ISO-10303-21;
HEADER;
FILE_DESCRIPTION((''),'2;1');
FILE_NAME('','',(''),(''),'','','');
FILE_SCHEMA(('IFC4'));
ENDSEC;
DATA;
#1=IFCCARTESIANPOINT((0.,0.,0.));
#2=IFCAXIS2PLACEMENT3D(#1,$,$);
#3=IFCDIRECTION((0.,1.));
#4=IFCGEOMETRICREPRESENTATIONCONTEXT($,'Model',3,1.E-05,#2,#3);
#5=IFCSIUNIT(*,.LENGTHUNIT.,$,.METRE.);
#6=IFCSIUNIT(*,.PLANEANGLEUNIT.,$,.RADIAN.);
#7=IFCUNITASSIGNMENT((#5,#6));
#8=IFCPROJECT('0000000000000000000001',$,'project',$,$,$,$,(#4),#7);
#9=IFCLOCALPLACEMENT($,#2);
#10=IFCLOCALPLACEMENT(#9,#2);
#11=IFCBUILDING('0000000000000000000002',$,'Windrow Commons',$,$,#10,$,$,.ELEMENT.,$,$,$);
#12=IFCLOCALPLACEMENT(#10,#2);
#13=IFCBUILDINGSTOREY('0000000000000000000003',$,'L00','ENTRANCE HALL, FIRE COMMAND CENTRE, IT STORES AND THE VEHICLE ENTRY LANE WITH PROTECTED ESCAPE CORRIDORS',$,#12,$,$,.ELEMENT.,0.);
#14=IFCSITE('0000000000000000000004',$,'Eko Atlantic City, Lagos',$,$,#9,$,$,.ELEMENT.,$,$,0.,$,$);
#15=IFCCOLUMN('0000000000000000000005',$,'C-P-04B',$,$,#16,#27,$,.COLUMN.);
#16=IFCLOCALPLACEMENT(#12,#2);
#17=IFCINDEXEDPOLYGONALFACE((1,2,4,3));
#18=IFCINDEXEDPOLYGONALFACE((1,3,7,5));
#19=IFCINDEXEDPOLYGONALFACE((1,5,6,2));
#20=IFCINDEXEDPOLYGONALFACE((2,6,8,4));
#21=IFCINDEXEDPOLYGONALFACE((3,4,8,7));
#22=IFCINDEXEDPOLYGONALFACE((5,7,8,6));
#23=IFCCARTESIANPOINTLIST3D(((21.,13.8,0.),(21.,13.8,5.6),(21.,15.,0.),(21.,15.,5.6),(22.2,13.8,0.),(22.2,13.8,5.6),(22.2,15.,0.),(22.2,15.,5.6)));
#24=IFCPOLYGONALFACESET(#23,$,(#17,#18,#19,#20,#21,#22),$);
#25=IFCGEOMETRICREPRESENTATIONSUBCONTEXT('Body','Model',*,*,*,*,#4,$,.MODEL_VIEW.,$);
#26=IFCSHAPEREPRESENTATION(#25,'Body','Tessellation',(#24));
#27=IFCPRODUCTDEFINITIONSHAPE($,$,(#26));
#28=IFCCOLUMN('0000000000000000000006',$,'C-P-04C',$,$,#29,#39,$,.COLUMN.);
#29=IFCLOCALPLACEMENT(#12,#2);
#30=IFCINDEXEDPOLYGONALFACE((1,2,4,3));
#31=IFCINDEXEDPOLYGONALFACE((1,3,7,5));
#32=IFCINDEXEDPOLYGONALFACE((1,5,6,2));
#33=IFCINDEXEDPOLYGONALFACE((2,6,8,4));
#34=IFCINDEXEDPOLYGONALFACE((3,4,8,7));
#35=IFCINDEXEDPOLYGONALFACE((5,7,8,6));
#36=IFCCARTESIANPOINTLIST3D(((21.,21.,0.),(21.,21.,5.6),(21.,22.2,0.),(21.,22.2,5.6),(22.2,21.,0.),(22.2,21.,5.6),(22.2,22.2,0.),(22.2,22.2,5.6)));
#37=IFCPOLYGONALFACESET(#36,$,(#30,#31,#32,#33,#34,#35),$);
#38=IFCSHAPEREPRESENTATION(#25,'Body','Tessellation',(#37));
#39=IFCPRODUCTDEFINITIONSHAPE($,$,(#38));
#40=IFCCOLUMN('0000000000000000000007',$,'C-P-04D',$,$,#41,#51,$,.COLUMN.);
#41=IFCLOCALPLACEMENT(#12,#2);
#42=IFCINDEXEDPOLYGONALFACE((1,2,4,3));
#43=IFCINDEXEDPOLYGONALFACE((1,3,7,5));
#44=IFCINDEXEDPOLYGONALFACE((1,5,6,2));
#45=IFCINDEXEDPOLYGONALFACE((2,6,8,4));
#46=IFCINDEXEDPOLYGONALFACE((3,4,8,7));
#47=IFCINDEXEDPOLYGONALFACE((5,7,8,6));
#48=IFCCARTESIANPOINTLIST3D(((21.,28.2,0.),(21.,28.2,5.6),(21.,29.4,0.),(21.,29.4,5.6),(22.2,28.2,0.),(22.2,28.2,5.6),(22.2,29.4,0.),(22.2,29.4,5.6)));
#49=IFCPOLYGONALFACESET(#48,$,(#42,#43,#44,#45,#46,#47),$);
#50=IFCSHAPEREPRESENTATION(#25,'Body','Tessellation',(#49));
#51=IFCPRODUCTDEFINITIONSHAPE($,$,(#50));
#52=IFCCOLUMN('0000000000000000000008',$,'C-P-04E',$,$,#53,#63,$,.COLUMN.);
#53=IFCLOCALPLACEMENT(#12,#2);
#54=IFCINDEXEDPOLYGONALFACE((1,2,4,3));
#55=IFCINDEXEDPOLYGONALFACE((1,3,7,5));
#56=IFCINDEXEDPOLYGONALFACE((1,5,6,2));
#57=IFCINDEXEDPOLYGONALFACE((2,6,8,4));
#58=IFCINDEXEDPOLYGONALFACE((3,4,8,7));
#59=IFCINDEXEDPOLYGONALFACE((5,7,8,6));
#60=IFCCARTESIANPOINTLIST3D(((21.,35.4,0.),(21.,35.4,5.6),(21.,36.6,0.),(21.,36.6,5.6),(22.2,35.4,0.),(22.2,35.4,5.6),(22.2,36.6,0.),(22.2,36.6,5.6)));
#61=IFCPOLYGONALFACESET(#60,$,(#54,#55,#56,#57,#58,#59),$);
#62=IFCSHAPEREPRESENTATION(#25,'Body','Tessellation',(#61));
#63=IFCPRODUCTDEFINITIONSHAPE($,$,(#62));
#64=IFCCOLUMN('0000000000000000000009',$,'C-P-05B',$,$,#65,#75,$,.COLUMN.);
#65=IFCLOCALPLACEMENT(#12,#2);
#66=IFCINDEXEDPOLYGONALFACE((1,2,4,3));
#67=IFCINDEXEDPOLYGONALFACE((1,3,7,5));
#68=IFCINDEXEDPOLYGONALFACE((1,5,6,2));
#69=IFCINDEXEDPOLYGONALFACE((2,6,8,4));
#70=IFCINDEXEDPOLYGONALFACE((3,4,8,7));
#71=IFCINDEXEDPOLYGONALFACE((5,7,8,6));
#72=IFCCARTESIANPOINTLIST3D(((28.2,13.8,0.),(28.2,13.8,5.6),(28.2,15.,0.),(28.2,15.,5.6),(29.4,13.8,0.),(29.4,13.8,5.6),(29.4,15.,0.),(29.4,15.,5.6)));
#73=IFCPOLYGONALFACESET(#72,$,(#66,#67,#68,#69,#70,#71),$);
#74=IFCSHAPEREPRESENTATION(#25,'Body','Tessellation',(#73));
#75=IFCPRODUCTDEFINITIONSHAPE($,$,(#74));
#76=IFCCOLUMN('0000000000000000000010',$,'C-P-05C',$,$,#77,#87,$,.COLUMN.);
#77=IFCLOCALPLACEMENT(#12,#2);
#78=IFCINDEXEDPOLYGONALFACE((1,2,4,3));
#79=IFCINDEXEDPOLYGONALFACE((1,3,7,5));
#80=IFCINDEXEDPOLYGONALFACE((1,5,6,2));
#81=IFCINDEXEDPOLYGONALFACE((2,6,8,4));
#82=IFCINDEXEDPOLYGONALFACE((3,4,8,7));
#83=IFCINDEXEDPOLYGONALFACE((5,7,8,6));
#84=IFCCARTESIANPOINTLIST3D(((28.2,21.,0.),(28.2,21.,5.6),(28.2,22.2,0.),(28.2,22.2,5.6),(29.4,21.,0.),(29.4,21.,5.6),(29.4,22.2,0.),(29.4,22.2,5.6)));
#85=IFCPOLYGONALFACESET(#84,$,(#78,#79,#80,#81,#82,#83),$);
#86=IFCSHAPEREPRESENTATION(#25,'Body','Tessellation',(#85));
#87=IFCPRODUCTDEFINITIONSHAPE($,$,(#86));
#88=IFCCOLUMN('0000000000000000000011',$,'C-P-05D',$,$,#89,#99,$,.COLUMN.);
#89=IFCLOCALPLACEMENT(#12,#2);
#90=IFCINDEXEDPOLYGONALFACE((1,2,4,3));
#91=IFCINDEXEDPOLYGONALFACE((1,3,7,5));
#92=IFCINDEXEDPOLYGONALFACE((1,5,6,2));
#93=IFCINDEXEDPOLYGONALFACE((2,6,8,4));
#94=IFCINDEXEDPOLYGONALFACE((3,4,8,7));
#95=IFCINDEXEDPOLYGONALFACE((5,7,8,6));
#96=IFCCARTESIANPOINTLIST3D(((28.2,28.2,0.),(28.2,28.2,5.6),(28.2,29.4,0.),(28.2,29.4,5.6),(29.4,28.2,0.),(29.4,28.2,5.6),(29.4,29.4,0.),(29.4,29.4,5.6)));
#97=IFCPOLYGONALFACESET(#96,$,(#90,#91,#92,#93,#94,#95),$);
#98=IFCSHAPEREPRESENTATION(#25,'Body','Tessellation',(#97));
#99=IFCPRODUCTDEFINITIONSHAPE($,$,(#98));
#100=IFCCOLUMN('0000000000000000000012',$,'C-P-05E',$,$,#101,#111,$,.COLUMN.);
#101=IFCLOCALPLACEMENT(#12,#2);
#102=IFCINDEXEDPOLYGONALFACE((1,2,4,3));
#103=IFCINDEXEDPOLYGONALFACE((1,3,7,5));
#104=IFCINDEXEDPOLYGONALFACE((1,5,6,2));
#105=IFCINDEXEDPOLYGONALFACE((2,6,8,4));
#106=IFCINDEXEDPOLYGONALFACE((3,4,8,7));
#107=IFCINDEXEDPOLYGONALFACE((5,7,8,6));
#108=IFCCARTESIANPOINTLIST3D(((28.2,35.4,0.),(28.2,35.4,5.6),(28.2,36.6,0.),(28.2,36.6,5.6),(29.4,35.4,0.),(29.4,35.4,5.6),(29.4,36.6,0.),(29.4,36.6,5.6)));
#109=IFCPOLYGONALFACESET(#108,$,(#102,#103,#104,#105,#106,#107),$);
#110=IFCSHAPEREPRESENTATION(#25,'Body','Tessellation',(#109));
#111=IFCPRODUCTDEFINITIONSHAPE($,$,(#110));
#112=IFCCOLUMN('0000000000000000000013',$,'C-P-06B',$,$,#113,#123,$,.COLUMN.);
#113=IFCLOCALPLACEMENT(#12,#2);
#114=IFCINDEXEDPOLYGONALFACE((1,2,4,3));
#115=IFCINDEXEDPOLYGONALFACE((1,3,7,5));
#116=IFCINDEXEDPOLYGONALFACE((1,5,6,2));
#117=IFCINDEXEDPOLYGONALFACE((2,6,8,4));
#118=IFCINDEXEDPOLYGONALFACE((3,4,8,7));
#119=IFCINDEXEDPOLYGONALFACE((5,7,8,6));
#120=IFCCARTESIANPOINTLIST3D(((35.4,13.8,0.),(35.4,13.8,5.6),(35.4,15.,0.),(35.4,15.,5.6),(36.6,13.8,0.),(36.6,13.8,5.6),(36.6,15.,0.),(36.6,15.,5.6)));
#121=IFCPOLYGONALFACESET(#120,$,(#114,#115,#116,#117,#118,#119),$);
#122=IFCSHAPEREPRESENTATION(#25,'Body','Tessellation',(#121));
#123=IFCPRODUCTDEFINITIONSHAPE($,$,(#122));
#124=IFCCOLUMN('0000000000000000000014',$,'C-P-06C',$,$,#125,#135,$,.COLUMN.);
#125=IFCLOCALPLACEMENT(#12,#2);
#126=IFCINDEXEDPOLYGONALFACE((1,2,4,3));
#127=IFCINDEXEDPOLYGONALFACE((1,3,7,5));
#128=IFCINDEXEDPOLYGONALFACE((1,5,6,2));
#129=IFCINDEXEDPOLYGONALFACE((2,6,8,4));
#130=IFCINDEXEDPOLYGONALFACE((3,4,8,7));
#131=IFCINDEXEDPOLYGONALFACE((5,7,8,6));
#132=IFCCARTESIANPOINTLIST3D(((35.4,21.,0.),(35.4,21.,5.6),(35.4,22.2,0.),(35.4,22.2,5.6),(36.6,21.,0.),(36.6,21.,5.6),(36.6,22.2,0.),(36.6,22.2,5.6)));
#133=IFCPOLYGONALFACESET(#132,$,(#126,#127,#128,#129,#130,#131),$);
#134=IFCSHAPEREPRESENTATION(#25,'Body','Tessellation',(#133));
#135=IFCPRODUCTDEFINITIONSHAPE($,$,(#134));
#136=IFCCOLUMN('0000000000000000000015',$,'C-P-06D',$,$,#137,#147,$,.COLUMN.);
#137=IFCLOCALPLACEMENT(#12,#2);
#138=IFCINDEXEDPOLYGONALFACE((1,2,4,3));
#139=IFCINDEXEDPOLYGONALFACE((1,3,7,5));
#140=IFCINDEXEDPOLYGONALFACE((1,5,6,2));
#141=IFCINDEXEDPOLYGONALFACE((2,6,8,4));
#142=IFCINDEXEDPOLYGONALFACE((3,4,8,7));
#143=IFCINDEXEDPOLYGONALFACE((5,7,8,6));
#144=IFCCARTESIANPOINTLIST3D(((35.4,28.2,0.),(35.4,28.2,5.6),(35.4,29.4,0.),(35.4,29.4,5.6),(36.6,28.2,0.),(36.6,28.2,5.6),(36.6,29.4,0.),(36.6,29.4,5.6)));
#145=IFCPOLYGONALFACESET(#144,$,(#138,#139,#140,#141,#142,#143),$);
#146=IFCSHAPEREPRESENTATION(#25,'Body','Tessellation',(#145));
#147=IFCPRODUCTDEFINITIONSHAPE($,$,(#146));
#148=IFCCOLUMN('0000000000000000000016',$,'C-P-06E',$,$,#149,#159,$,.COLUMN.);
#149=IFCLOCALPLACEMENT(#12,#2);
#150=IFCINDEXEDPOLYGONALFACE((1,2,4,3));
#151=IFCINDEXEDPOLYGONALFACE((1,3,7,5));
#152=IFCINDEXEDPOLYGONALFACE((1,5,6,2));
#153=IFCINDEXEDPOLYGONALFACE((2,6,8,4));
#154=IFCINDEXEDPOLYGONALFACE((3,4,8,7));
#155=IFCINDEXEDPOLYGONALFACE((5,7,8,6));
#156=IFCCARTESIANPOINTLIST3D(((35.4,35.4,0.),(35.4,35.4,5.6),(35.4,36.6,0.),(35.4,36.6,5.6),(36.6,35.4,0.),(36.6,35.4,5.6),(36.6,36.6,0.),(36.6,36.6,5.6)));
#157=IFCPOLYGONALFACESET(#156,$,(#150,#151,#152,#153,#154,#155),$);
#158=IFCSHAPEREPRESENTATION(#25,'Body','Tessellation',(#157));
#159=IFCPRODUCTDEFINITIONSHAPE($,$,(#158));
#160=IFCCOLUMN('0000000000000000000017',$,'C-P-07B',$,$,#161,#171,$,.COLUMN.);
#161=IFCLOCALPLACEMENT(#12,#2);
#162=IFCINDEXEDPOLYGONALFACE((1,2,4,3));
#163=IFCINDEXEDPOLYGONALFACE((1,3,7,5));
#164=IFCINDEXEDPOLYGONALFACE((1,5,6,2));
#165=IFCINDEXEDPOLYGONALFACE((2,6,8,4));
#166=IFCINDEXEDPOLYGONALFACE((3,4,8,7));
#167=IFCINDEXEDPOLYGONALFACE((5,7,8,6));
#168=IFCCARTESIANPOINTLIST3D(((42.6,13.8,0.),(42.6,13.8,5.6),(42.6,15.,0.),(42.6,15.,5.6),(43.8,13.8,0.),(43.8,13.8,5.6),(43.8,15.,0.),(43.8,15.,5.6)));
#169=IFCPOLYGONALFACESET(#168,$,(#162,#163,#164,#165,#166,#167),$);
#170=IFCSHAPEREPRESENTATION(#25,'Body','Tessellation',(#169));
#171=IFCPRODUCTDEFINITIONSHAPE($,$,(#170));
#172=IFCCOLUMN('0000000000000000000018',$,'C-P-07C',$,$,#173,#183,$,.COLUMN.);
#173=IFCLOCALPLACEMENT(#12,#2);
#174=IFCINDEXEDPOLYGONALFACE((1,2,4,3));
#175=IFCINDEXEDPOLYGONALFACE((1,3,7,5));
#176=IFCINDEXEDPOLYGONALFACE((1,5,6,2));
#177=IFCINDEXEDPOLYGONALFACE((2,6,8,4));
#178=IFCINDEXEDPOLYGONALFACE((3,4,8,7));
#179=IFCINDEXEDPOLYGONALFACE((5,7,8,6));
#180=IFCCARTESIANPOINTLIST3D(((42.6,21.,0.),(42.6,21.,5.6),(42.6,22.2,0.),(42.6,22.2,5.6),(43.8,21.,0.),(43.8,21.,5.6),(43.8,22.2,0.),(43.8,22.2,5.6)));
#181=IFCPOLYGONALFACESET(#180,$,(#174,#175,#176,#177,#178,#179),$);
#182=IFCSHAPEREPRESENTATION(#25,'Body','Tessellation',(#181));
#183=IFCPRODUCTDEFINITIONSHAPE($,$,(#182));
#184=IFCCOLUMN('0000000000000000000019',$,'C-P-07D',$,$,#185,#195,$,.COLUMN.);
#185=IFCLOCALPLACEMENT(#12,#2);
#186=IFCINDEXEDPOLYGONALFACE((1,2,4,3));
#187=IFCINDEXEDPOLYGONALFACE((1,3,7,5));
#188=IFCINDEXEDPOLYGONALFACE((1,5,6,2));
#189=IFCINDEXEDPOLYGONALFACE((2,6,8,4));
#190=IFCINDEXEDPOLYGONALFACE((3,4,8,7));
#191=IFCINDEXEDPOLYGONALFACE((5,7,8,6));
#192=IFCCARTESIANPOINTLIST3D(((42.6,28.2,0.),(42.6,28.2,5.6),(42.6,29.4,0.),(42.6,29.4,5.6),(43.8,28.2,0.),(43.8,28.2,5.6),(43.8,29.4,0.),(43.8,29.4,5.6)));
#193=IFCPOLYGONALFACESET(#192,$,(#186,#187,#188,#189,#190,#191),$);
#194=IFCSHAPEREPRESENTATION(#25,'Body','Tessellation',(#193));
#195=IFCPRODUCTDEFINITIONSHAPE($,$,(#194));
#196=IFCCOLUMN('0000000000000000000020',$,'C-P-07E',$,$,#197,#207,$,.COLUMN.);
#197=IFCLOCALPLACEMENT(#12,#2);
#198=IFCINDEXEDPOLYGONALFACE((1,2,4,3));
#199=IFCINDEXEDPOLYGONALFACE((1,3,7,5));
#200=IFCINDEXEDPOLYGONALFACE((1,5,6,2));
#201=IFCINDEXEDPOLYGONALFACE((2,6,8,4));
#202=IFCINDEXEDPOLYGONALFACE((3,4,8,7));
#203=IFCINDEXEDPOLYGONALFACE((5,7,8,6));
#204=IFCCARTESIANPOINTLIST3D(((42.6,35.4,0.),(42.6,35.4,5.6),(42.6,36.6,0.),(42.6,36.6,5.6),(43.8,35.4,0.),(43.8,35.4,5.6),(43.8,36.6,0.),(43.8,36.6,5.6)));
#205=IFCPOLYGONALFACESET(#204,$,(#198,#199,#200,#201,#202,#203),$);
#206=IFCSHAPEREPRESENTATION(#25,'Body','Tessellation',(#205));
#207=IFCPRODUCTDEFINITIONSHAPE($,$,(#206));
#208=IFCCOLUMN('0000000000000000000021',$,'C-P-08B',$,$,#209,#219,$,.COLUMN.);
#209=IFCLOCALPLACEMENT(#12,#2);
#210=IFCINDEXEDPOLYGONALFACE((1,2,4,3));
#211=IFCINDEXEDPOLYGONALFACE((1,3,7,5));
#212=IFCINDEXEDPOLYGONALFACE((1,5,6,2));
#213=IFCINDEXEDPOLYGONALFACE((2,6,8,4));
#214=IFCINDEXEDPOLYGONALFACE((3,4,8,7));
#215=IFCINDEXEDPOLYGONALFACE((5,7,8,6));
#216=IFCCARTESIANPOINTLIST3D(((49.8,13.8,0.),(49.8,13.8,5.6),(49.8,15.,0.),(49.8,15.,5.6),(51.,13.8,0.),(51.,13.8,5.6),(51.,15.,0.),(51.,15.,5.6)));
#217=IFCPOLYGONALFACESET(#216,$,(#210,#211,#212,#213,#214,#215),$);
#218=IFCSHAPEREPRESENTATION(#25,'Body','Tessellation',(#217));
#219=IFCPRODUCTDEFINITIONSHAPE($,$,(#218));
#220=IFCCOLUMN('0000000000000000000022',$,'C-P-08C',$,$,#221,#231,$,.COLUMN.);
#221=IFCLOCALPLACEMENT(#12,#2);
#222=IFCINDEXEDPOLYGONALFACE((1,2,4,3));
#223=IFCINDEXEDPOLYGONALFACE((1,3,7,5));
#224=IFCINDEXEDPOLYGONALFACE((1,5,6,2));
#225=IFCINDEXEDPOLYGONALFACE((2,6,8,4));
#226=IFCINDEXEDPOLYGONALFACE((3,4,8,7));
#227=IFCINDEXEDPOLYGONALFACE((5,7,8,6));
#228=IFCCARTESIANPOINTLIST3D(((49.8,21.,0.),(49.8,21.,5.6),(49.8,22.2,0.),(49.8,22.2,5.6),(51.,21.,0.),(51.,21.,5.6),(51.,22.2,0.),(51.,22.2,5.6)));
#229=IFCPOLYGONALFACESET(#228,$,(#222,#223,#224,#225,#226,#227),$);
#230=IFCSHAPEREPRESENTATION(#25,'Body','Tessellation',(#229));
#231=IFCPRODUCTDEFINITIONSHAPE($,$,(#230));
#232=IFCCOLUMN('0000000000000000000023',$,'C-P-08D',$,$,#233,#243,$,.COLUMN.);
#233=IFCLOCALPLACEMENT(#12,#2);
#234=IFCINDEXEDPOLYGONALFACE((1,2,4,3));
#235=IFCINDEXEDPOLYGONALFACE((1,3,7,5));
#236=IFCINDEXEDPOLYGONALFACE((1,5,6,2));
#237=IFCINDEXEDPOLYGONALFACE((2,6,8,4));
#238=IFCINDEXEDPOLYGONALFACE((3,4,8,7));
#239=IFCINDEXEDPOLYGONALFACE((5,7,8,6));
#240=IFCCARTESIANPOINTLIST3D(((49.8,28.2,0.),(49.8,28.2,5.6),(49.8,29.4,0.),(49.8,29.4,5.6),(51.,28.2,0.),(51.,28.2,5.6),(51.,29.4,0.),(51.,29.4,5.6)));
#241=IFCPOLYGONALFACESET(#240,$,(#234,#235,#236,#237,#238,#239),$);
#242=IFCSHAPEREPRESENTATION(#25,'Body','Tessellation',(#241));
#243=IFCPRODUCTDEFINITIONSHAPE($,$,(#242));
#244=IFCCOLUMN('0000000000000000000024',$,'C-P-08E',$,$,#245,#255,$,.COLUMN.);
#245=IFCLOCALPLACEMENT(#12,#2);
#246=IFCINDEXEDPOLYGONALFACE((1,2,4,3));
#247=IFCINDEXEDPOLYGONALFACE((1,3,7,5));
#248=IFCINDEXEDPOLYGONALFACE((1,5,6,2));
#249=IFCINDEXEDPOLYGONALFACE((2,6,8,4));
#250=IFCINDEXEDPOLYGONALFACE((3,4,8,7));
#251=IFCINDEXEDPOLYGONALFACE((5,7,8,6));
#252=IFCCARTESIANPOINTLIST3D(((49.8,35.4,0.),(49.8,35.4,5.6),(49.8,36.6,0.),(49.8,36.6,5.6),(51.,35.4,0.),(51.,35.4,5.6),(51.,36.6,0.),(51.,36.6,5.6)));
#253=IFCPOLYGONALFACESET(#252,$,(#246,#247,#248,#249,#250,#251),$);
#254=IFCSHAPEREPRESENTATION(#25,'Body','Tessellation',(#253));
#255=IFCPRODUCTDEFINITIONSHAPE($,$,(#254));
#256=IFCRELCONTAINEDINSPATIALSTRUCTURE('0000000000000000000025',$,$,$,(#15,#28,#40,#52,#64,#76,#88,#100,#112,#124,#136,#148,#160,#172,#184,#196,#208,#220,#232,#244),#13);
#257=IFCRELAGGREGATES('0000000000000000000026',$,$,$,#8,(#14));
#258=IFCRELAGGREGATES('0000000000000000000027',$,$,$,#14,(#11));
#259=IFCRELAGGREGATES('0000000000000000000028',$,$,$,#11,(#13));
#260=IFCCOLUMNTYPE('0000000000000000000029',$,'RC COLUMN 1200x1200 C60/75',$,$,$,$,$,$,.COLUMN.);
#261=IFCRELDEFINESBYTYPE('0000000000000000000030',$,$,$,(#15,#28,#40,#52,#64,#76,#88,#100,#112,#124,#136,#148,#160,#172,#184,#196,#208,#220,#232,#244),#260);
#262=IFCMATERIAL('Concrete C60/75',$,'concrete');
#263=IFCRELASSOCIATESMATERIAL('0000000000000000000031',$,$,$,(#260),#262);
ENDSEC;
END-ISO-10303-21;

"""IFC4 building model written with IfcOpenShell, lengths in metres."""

from ifc_helpers import new_model, si_unit, direction, frame, origin, origin_2d, place, context, subcontext, project, spatial, rectangle, extrude, material, material_profile, profile_set, type_object, element, save


model = new_model("IFC4")

# Units and contexts
model_context = context("Model", 3, precision=1e-05, world=origin(), true_north=direction((0.0, 1.0)))
body_context = subcontext(model_context, "Body", "Model", "MODEL_VIEW")
ifc_project = project(units=[si_unit("LENGTHUNIT", "METRE"), si_unit("PLANEANGLEUNIT", "RADIAN")], contexts=[model_context])

# Site, building, storey
site_placement = place(None, origin())
site = spatial("IfcSite", under=ifc_project, at=site_placement, Name="Eko Atlantic City, Lagos", CompositionType="ELEMENT", RefElevation=0.0)
building_placement = place(site_placement, origin())
building = spatial("IfcBuilding", under=site, at=building_placement, Name="Windrow Commons", CompositionType="ELEMENT")
storey_placement = place(building_placement, origin())
storey = spatial("IfcBuildingStorey", under=building, at=storey_placement, Name="L00", Description="ENTRANCE HALL, FIRE COMMAND CENTRE, IT STORES AND THE VEHICLE ENTRY LANE WITH PROTECTED ESCAPE CORRIDORS", CompositionType="ELEMENT", Elevation=0.0)

# Columns
ifc_material_1 = material(Name="Concrete C60/75", Category="concrete")
ifc_material_profile_1 = material_profile(ifc_material_1, rectangle(XDim=1.2, YDim=1.2, at=origin_2d()))
ifc_profile_set_1 = profile_set([ifc_material_profile_1], Name="Concrete C60/75")
column_type = type_object("IfcColumnType", Name="RC COLUMN 1200x1200 C60/75", PredefinedType="COLUMN", material=ifc_profile_set_1)
for number, where, z_axis, x_axis, name in (
    (1, (21.6, 14.4, 0.0), (0.0, 0.0, 1.0), (1.0, 0.0, 0.0), "C-P-04B"),
    (2, (21.6, 21.6, 0.0), (0.0, 0.0, 1.0), (1.0, 0.0, 0.0), "C-P-04C"),
    (3, (21.6, 28.8, 0.0), (0.0, 0.0, 1.0), (1.0, 0.0, 0.0), "C-P-04D"),
    (4, (21.6, 36.0, 0.0), (0.0, 0.0, 1.0), (1.0, 0.0, 0.0), "C-P-04E"),
    (5, (28.8, 14.4, 0.0), (0.0, 0.0, 1.0), (1.0, 0.0, 0.0), "C-P-05B"),
    (6, (28.8, 21.6, 0.0), (0.0, 0.0, 1.0), (1.0, 0.0, 0.0), "C-P-05C"),
    (7, (28.8, 28.8, 0.0), (0.0, 0.0, 1.0), (1.0, 0.0, 0.0), "C-P-05D"),
    (8, (28.8, 36.0, 0.0), (0.0, 0.0, 1.0), (1.0, 0.0, 0.0), "C-P-05E"),
    (9, (36.0, 14.4, 0.0), (0.0, 0.0, 1.0), (1.0, 0.0, 0.0), "C-P-06B"),
    (10, (36.0, 21.6, 0.0), (0.0, 0.0, 1.0), (1.0, 0.0, 0.0), "C-P-06C"),
    (11, (36.0, 28.8, 0.0), (0.0, 0.0, 1.0), (1.0, 0.0, 0.0), "C-P-06D"),
    (12, (36.0, 36.0, 0.0), (0.0, 0.0, 1.0), (1.0, 0.0, 0.0), "C-P-06E"),
    (13, (43.2, 14.4, 0.0), (0.0, 0.0, 1.0), (1.0, 0.0, 0.0), "C-P-07B"),
    (14, (43.2, 21.6, 0.0), (0.0, 0.0, 1.0), (1.0, 0.0, 0.0), "C-P-07C"),
    (15, (43.2, 28.8, 0.0), (0.0, 0.0, 1.0), (1.0, 0.0, 0.0), "C-P-07D"),
    (16, (43.2, 36.0, 0.0), (0.0, 0.0, 1.0), (1.0, 0.0, 0.0), "C-P-07E"),
    (17, (50.4, 14.4, 0.0), (0.0, 0.0, 1.0), (1.0, 0.0, 0.0), "C-P-08B"),
    (18, (50.4, 21.6, 0.0), (0.0, 0.0, 1.0), (1.0, 0.0, 0.0), "C-P-08C"),
    (19, (50.4, 28.8, 0.0), (0.0, 0.0, 1.0), (1.0, 0.0, 0.0), "C-P-08D"),
    (20, (50.4, 36.0, 0.0), (0.0, 0.0, 1.0), (1.0, 0.0, 0.0), "C-P-08E"),
):
    element("IfcColumn", number, at=place(storey_placement, frame(where, z_axis=z_axis, x_axis=x_axis)), inside=storey, type_object=column_type, Name=name, PredefinedType="COLUMN", context=body_context, shape_type="SweptSolid", body=[
        extrude(rectangle(XDim=1.2, YDim=1.2, at=origin_2d()), origin(), (0.0, 0.0, 1.0), 5.6),
    ])

save(model, "model.ifc")
